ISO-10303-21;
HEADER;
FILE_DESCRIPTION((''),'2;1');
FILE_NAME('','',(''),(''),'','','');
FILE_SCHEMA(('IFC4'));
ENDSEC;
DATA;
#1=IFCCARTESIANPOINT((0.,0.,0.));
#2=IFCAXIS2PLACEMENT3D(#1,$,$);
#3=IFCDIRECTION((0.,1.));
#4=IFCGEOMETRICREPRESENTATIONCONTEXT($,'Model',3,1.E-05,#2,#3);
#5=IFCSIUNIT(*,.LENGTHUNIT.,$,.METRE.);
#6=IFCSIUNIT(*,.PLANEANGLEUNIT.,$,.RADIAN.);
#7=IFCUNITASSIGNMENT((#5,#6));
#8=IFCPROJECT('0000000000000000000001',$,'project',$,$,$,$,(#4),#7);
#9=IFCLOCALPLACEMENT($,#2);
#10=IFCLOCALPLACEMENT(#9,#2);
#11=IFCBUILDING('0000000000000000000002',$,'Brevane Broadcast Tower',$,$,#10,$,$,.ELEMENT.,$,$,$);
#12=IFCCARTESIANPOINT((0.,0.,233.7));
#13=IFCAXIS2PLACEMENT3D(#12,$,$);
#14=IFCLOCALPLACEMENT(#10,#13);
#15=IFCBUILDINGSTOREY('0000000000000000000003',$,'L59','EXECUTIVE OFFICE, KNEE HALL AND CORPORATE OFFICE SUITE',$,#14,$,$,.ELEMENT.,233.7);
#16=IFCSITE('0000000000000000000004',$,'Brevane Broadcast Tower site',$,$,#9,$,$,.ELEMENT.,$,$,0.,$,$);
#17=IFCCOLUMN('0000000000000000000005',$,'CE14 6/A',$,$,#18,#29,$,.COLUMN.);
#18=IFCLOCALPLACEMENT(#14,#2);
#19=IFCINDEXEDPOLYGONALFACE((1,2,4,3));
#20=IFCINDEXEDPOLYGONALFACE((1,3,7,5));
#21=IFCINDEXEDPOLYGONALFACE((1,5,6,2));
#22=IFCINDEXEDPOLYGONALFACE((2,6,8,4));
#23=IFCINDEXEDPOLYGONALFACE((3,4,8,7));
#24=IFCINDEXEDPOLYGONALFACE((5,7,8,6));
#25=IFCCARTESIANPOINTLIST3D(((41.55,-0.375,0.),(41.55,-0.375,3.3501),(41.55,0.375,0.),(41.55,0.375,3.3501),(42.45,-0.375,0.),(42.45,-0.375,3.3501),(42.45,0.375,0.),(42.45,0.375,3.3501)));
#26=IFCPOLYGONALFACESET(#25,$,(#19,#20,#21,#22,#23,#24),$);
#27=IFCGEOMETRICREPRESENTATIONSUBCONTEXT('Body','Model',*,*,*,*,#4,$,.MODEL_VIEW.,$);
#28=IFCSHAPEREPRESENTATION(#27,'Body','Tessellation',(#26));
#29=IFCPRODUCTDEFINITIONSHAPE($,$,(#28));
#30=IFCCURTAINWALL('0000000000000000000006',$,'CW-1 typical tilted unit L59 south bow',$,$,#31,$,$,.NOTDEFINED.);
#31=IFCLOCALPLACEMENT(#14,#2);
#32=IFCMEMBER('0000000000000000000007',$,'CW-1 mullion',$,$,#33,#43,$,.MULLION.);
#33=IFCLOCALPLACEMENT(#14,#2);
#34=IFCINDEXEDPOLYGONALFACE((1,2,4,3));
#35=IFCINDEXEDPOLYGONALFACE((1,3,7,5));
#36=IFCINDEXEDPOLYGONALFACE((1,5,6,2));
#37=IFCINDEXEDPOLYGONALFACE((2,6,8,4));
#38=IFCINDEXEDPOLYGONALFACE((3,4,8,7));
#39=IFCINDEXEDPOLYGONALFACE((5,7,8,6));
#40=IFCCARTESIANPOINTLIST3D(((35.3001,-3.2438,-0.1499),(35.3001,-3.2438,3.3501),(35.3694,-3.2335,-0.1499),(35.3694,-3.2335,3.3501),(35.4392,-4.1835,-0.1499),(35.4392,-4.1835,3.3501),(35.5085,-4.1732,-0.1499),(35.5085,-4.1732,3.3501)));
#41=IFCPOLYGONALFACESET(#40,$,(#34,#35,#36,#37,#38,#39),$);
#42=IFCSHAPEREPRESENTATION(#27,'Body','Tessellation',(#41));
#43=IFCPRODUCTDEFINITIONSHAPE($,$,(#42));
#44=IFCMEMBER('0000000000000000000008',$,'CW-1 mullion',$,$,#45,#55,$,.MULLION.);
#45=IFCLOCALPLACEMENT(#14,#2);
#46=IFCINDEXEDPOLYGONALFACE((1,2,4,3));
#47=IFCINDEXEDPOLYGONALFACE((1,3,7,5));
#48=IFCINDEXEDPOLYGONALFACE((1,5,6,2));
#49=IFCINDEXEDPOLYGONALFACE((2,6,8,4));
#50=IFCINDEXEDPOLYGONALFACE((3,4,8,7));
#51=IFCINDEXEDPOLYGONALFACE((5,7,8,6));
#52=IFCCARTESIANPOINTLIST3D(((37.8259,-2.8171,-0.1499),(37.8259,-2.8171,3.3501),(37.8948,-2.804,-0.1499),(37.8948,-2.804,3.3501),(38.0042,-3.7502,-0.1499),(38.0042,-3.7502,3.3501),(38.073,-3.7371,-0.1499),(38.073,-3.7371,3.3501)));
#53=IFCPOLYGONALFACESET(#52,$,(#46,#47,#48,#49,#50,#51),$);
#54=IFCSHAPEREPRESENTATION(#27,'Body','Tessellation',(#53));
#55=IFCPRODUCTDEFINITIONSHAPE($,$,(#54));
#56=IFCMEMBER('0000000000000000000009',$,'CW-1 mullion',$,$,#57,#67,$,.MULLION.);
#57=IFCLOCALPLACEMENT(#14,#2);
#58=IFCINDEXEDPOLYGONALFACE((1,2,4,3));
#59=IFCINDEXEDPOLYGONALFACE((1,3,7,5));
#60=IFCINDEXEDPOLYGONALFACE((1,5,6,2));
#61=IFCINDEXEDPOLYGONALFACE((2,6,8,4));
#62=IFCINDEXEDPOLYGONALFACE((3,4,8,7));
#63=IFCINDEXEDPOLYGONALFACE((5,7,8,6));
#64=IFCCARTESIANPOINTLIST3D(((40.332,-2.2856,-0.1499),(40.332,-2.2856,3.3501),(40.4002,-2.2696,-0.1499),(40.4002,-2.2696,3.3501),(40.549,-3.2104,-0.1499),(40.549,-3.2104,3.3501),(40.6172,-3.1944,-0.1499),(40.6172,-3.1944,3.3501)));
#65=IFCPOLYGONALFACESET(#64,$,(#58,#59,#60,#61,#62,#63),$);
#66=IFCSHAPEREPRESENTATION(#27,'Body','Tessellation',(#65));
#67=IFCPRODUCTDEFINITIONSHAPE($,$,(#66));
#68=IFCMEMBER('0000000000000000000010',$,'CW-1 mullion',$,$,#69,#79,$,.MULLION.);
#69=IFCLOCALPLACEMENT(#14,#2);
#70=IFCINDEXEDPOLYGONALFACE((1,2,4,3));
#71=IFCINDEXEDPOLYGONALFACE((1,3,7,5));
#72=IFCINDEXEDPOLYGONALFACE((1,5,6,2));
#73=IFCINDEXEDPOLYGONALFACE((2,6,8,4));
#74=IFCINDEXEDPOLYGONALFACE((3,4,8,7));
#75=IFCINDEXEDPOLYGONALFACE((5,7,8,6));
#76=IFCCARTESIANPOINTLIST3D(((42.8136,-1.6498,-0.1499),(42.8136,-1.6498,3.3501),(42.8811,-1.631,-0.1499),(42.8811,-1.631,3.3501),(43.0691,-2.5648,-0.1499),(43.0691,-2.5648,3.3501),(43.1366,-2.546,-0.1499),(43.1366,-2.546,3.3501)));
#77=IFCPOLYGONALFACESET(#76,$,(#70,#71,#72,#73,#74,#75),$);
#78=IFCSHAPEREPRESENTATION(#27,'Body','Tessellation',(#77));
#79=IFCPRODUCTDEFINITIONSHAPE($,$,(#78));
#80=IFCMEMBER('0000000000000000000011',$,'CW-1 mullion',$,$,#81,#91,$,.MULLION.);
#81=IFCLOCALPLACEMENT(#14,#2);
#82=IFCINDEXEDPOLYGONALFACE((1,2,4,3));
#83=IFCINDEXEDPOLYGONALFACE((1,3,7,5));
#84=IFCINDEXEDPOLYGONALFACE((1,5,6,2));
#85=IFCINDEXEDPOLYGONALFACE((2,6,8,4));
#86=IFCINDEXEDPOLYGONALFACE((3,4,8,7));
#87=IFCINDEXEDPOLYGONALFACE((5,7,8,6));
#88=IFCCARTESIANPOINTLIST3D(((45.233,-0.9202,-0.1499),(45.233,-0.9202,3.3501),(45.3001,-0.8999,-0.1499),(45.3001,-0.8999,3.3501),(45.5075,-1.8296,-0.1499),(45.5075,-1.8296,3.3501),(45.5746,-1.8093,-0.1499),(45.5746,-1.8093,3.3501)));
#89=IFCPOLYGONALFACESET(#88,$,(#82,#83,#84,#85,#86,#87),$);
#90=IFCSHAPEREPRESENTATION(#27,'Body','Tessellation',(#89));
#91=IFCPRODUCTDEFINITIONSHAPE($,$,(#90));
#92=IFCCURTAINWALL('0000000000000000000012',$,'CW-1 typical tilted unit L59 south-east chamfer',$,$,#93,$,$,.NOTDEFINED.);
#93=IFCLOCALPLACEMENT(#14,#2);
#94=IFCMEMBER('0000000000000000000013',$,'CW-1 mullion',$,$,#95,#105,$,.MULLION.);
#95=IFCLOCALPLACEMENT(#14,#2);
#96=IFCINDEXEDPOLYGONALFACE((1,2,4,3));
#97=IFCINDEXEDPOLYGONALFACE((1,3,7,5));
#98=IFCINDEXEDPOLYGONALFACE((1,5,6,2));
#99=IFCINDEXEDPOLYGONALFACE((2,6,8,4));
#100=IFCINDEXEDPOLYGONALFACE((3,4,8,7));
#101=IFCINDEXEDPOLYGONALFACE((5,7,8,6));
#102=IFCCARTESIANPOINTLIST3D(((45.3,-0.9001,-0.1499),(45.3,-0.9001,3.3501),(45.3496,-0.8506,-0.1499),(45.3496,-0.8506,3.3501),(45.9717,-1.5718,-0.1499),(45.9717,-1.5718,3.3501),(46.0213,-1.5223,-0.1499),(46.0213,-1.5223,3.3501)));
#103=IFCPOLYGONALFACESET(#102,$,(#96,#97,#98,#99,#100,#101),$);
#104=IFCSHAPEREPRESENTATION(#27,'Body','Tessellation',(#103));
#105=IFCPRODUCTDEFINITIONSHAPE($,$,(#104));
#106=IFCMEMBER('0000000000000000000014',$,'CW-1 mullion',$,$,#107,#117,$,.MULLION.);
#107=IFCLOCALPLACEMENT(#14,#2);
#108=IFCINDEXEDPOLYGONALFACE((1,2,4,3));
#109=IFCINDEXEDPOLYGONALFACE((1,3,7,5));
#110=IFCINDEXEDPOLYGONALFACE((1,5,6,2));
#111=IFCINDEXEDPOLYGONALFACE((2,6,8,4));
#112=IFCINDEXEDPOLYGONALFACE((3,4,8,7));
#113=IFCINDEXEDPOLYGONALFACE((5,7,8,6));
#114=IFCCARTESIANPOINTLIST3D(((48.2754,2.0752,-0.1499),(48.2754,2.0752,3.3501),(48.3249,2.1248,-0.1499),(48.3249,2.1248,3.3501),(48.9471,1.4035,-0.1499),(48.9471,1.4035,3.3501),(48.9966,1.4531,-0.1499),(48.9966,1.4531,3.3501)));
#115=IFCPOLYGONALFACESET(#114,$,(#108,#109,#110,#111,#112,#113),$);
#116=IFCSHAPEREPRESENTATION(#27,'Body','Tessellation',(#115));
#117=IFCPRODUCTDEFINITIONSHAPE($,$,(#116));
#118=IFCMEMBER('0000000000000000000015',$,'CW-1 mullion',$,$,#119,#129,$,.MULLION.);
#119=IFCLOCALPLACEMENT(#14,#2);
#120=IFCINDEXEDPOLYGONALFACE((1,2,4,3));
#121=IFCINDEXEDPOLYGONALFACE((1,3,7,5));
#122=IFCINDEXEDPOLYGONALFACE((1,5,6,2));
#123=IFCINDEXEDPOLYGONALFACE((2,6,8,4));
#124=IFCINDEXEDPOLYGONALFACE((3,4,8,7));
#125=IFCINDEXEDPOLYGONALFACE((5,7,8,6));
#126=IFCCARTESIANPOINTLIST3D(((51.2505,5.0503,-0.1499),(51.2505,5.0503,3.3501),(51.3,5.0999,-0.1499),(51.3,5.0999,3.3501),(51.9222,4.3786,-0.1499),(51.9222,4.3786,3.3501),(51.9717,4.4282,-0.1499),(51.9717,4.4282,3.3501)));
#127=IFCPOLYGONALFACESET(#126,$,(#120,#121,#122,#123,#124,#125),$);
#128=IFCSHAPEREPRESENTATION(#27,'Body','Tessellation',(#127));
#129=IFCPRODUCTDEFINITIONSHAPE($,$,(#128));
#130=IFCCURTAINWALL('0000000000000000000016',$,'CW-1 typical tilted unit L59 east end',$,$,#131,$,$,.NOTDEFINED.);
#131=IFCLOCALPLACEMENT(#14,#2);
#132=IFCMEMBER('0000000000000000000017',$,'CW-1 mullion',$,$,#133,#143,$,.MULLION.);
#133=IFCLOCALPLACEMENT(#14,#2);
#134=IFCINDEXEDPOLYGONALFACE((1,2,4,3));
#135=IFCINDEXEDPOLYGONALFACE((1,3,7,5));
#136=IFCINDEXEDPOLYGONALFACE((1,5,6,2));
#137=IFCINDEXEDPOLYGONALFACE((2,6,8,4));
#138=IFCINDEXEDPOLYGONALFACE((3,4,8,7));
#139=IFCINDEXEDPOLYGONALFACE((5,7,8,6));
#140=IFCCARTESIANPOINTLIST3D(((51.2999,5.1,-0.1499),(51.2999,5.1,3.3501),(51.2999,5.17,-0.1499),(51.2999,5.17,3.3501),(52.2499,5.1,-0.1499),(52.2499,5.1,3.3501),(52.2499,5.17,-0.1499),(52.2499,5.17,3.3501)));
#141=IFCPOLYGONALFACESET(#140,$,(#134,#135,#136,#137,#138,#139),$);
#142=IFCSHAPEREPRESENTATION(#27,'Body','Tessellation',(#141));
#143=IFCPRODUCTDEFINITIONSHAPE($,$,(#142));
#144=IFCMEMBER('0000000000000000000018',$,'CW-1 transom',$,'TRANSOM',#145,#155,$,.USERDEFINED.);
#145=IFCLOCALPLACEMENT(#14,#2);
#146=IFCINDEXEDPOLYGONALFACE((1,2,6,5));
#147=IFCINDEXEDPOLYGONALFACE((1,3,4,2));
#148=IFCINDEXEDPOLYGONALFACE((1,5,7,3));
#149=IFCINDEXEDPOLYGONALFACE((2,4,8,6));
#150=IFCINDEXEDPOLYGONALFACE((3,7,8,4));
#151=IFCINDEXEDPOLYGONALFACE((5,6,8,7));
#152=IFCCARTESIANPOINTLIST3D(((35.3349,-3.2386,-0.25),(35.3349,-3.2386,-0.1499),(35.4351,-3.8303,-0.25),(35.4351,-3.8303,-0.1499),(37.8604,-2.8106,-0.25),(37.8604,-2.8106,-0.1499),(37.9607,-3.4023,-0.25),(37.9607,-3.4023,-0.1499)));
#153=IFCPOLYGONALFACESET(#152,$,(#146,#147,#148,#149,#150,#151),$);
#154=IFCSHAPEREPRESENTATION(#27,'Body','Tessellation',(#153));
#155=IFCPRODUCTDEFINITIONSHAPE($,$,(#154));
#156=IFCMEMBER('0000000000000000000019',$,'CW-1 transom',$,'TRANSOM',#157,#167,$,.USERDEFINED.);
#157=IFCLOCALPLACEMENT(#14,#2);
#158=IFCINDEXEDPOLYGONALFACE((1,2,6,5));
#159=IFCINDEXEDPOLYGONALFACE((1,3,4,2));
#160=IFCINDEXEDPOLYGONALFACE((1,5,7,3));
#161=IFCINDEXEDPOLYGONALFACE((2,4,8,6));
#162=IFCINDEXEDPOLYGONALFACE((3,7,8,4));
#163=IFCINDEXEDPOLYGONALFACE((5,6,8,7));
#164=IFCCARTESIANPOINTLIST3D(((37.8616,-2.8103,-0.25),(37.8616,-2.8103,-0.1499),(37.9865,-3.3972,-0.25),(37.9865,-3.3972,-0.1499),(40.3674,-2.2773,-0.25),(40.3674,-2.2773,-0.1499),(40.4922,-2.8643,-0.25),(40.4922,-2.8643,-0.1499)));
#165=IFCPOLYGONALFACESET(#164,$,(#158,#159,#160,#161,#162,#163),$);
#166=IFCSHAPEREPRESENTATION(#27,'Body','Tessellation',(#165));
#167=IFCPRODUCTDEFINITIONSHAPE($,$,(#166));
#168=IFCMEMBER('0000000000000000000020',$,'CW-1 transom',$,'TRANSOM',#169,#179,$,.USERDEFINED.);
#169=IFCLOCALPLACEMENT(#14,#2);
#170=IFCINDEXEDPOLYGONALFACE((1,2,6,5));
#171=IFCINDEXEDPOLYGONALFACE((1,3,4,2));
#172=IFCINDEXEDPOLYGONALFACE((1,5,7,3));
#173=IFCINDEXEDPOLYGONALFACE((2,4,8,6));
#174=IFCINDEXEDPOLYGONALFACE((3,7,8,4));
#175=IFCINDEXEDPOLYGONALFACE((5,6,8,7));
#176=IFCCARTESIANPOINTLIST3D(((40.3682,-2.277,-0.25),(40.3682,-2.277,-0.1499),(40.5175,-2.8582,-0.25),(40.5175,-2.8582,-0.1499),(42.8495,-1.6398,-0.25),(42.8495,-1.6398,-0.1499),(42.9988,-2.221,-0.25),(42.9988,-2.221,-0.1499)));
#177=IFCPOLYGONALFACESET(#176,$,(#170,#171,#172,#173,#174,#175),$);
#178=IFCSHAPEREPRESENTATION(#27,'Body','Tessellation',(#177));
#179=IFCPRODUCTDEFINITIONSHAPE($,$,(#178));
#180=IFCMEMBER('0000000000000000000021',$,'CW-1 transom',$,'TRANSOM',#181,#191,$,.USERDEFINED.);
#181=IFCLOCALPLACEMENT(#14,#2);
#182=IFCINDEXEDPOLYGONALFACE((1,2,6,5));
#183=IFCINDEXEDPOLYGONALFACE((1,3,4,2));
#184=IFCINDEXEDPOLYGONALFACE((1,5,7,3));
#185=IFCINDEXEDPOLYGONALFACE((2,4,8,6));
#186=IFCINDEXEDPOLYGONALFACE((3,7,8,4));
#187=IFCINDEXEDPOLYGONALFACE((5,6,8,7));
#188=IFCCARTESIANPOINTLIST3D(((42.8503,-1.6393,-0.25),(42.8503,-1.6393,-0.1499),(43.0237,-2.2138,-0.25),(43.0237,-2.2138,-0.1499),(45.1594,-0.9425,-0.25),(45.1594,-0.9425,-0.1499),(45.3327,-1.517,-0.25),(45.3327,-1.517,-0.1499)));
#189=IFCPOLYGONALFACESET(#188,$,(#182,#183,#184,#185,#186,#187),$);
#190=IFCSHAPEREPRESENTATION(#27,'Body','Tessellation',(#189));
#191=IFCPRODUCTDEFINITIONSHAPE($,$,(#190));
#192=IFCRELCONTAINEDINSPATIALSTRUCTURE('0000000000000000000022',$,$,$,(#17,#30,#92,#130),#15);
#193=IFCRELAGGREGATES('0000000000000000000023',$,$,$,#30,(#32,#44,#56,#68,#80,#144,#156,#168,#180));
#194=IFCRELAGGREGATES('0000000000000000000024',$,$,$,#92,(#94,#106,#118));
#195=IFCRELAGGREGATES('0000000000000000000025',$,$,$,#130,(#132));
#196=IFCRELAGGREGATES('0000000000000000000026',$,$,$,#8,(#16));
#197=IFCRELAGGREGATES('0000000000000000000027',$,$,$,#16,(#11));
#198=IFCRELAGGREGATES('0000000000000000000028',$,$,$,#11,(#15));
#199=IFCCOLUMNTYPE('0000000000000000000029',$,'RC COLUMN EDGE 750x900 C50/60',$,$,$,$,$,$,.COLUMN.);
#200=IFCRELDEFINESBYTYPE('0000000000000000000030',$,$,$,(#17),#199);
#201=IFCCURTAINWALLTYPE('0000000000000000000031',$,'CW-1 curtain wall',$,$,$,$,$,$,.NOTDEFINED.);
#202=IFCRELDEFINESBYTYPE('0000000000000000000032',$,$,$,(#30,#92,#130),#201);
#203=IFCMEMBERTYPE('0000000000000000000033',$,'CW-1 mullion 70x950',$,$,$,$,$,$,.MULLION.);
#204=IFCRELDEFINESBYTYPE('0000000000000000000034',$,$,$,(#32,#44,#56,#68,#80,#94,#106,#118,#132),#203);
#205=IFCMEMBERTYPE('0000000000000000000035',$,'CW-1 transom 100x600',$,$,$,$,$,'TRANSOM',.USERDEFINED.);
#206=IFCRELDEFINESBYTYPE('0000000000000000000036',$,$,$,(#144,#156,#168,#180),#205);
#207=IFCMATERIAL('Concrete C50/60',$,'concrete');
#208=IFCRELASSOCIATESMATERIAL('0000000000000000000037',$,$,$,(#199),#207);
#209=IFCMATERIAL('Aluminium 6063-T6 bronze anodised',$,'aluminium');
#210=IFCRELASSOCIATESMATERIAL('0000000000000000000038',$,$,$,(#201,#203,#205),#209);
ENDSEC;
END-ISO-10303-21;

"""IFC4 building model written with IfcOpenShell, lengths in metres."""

from ifc_helpers import new_model, si_unit, direction, frame, origin, origin_2d, place, context, subcontext, project, spatial, rectangle, extrude, material, material_profile, profile_set, type_object, element, aggregate, save


model = new_model("IFC4")

# Units and contexts
model_context = context("Model", 3, precision=1e-05, world=origin(), true_north=direction((0.0, 1.0)))
body_context = subcontext(model_context, "Body", "Model", "MODEL_VIEW")
ifc_project = project(units=[si_unit("LENGTHUNIT", "METRE"), si_unit("PLANEANGLEUNIT", "RADIAN")], contexts=[model_context])

# Site, building, storey
site_placement = place(None, origin())
site = spatial("IfcSite", under=ifc_project, at=site_placement, Name="Brevane Broadcast Tower site", CompositionType="ELEMENT", RefElevation=0.0)
building_placement = place(site_placement, origin())
building = spatial("IfcBuilding", under=site, at=building_placement, Name="Brevane Broadcast Tower", CompositionType="ELEMENT")
storey_placement = place(building_placement, frame((0.0, 0.0, 233.7)))
storey = spatial("IfcBuildingStorey", under=building, at=storey_placement, Name="L59", Description="EXECUTIVE OFFICE, KNEE HALL AND CORPORATE OFFICE SUITE", CompositionType="ELEMENT", Elevation=233.7)

# Column
ifc_material_1 = material(Name="Concrete C50/60", Category="concrete")
ifc_material_profile_1 = material_profile(ifc_material_1, rectangle(XDim=0.75, YDim=0.8999, at=origin_2d()), Name="RC 750x900")
ifc_profile_set_1 = profile_set([ifc_material_profile_1], Name="Concrete C50/60")
column_type = type_object("IfcColumnType", Name="RC COLUMN EDGE 750x900 C50/60", PredefinedType="COLUMN", material=ifc_profile_set_1)
column_placement = place(storey_placement, frame((42.0, 0.0, 0.0), z_axis=(0.0, 0.0, 1.0), x_axis=(0.0, 1.0, 0.0)))
element("IfcColumn", 1, at=column_placement, inside=storey, type_object=column_type, Name="CE14 6/A", PredefinedType="COLUMN", context=body_context, shape_type="SweptSolid", body=[
    extrude(rectangle(XDim=0.75, YDim=0.8999, at=origin_2d()), origin(), (0.0, 0.0, 1.0), 3.3501),
])

# Curtain walls, members
ifc_material_2 = material(Name="Aluminium 6063-T6 bronze anodised", Category="aluminium")
curtain_wall_type = type_object("IfcCurtainWallType", Name="CW-1 curtain wall", PredefinedType="NOTDEFINED", material=ifc_material_2)
curtain_wall_1_placement = place(storey_placement, origin())
curtain_wall_1 = element("IfcCurtainWall", 2, at=curtain_wall_1_placement, inside=storey, type_object=curtain_wall_type, Name="CW-1 typical tilted unit L59 south bow", PredefinedType="NOTDEFINED")
ifc_material_profile_2 = material_profile(ifc_material_2, rectangle(XDim=0.95, YDim=0.0701, at=origin_2d()), Name="RECT 70x950")
ifc_profile_set_2 = profile_set([ifc_material_profile_2], Name="Aluminium 6063-T6 bronze anodised")
member_type_1 = type_object("IfcMemberType", Name="CW-1 mullion 70x950", PredefinedType="MULLION", material=ifc_profile_set_2)
member_1_placement = place(storey_placement, frame((35.4043, -3.7085, -0.1499), z_axis=(0.0, 0.0, 1.0), x_axis=(-0.146447, 0.989218, 0.0)))
member_1 = element("IfcMember", 3, at=member_1_placement, type_object=member_type_1, Name="CW-1 mullion", PredefinedType="MULLION", context=body_context, shape_type="SweptSolid", body=[
    extrude(rectangle(XDim=0.95, YDim=0.0701, at=origin_2d()), origin(), (0.0, 0.0, 1.0), 3.5),
])
member_2_placement = place(storey_placement, frame((37.9495, -3.2771, -0.1499), z_axis=(0.0, 0.0, 1.0), x_axis=(-0.187621, 0.982242, 0.0)))
member_2 = element("IfcMember", 4, at=member_2_placement, type_object=member_type_1, Name="CW-1 mullion", PredefinedType="MULLION", context=body_context, shape_type="SweptSolid", body=[
    extrude(rectangle(XDim=0.95, YDim=0.0701, at=origin_2d()), origin(), (0.0, 0.0, 1.0), 3.5),
])
member_3_placement = place(storey_placement, frame((40.4746, -2.74, -0.1499), z_axis=(0.0, 0.0, 1.0), x_axis=(-0.228467, 0.973552, 0.0)))
member_3 = element("IfcMember", 5, at=member_3_placement, type_object=member_type_1, Name="CW-1 mullion", PredefinedType="MULLION", context=body_context, shape_type="SweptSolid", body=[
    extrude(rectangle(XDim=0.95, YDim=0.0701, at=origin_2d()), origin(), (0.0, 0.0, 1.0), 3.5),
])
member_4_placement = place(storey_placement, frame((42.9751, -2.0979, -0.1499), z_axis=(0.0, 0.0, 1.0), x_axis=(-0.268916, 0.963164, 0.0)))
member_4 = element("IfcMember", 6, at=member_4_placement, type_object=member_type_1, Name="CW-1 mullion", PredefinedType="MULLION", context=body_context, shape_type="SweptSolid", body=[
    extrude(rectangle(XDim=0.95, YDim=0.0701, at=origin_2d()), origin(), (0.0, 0.0, 1.0), 3.5),
])
member_5_placement = place(storey_placement, frame((45.4038, -1.3647, -0.1499), z_axis=(0.0, 0.0, 1.0), x_axis=(-0.288968, 0.957339, 0.0)))
member_5 = element("IfcMember", 7, at=member_5_placement, type_object=member_type_1, Name="CW-1 mullion", PredefinedType="MULLION", context=body_context, shape_type="SweptSolid", body=[
    extrude(rectangle(XDim=0.95, YDim=0.0701, at=origin_2d()), origin(), (0.0, 0.0, 1.0), 3.5),
])
curtain_wall_2_placement = place(storey_placement, origin())
curtain_wall_2 = element("IfcCurtainWall", 8, at=curtain_wall_2_placement, inside=storey, type_object=curtain_wall_type, Name="CW-1 typical tilted unit L59 south-east chamfer", PredefinedType="NOTDEFINED")
member_6_placement = place(storey_placement, frame((45.6606, -1.2112, -0.1499), z_axis=(0.0, 0.0, 1.0), x_axis=(-0.707107, 0.707107, 0.0)))
member_6 = element("IfcMember", 9, at=member_6_placement, type_object=member_type_1, Name="CW-1 mullion", PredefinedType="MULLION", context=body_context, shape_type="SweptSolid", body=[
    extrude(rectangle(XDim=0.95, YDim=0.0701, at=origin_2d()), origin(), (0.0, 0.0, 1.0), 3.5),
])
member_7_placement = place(storey_placement, frame((48.636, 1.7642, -0.1499), z_axis=(0.0, 0.0, 1.0), x_axis=(-0.707107, 0.707107, 0.0)))
member_7 = element("IfcMember", 10, at=member_7_placement, type_object=member_type_1, Name="CW-1 mullion", PredefinedType="MULLION", context=body_context, shape_type="SweptSolid", body=[
    extrude(rectangle(XDim=0.95, YDim=0.0701, at=origin_2d()), origin(), (0.0, 0.0, 1.0), 3.5),
])
member_8_placement = place(storey_placement, frame((51.6111, 4.7393, -0.1499), z_axis=(0.0, 0.0, 1.0), x_axis=(-0.707107, 0.707107, 0.0)))
member_8 = element("IfcMember", 11, at=member_8_placement, type_object=member_type_1, Name="CW-1 mullion", PredefinedType="MULLION", context=body_context, shape_type="SweptSolid", body=[
    extrude(rectangle(XDim=0.95, YDim=0.0701, at=origin_2d()), origin(), (0.0, 0.0, 1.0), 3.5),
])

# Curtain wall, member
curtain_wall_3_placement = place(storey_placement, origin())
curtain_wall_3 = element("IfcCurtainWall", 12, at=curtain_wall_3_placement, inside=storey, type_object=curtain_wall_type, Name="CW-1 typical tilted unit L59 east end", PredefinedType="NOTDEFINED")
member_9_placement = place(storey_placement, frame((51.7749, 5.135, -0.1499), z_axis=(0.0, 0.0, 1.0), x_axis=(-1.0, 0.0, 0.0)))
member_9 = element("IfcMember", 13, at=member_9_placement, type_object=member_type_1, Name="CW-1 mullion", PredefinedType="MULLION", context=body_context, shape_type="SweptSolid", body=[
    extrude(rectangle(XDim=0.95, YDim=0.0701, at=origin_2d()), origin(), (0.0, 0.0, 1.0), 3.5),
])

# Members
ifc_material_profile_3 = material_profile(ifc_material_2, rectangle(XDim=0.6001, YDim=0.1001, at=origin_2d()), Name="RECT 100x600")
ifc_profile_set_3 = profile_set([ifc_material_profile_3], Name="Aluminium 6063-T6 bronze anodised")
member_type_2 = type_object("IfcMemberType", Name="CW-1 transom 100x600", ElementType="TRANSOM", PredefinedType="USERDEFINED", material=ifc_profile_set_3)
member_10_placement = place(storey_placement, frame((35.385, -3.5344, -0.2), z_axis=(0.985945, 0.167072, 0.0), x_axis=(-0.167072, 0.985945, 0.0)))
member_10 = element("IfcMember", 14, at=member_10_placement, type_object=member_type_2, Name="CW-1 transom", ObjectType="TRANSOM", PredefinedType="USERDEFINED", context=body_context, shape_type="SweptSolid", body=[
    extrude(rectangle(XDim=0.6001, YDim=0.1001, at=origin_2d()), origin(), (0.0, 0.0, 1.0), 2.5615),
])
member_11_placement = place(storey_placement, frame((37.9241, -3.1038, -0.2), z_axis=(0.978118, 0.208051, 0.0), x_axis=(-0.208051, 0.978118, 0.0)))
member_11 = element("IfcMember", 15, at=member_11_placement, type_object=member_type_2, Name="CW-1 transom", ObjectType="TRANSOM", PredefinedType="USERDEFINED", context=body_context, shape_type="SweptSolid", body=[
    extrude(rectangle(XDim=0.6001, YDim=0.1001, at=origin_2d()), origin(), (0.0, 0.0, 1.0), 2.5618),
])
member_12_placement = place(storey_placement, frame((40.4429, -2.5676, -0.2), z_axis=(0.96857, 0.248742, 0.0), x_axis=(-0.248742, 0.96857, 0.0)))
member_12 = element("IfcMember", 16, at=member_12_placement, type_object=member_type_2, Name="CW-1 transom", ObjectType="TRANSOM", PredefinedType="USERDEFINED", context=body_context, shape_type="SweptSolid", body=[
    extrude(rectangle(XDim=0.6001, YDim=0.1001, at=origin_2d()), origin(), (0.0, 0.0, 1.0), 2.5618),
])
member_13_placement = place(storey_placement, frame((42.937, -1.9265, -0.2), z_axis=(0.957363, 0.288889, 0.0), x_axis=(-0.288889, 0.957363, 0.0)))
member_13 = element("IfcMember", 17, at=member_13_placement, type_object=member_type_2, Name="CW-1 transom", ObjectType="TRANSOM", PredefinedType="USERDEFINED", context=body_context, shape_type="SweptSolid", body=[
    extrude(rectangle(XDim=0.6001, YDim=0.1001, at=origin_2d()), origin(), (0.0, 0.0, 1.0), 2.4119),
])
aggregate(curtain_wall_1, [member_1, member_2, member_3, member_4, member_5, member_10, member_11, member_12, member_13])
aggregate(curtain_wall_2, [member_6, member_7, member_8])
aggregate(curtain_wall_3, [member_9])

save(model, "model.ifc")
